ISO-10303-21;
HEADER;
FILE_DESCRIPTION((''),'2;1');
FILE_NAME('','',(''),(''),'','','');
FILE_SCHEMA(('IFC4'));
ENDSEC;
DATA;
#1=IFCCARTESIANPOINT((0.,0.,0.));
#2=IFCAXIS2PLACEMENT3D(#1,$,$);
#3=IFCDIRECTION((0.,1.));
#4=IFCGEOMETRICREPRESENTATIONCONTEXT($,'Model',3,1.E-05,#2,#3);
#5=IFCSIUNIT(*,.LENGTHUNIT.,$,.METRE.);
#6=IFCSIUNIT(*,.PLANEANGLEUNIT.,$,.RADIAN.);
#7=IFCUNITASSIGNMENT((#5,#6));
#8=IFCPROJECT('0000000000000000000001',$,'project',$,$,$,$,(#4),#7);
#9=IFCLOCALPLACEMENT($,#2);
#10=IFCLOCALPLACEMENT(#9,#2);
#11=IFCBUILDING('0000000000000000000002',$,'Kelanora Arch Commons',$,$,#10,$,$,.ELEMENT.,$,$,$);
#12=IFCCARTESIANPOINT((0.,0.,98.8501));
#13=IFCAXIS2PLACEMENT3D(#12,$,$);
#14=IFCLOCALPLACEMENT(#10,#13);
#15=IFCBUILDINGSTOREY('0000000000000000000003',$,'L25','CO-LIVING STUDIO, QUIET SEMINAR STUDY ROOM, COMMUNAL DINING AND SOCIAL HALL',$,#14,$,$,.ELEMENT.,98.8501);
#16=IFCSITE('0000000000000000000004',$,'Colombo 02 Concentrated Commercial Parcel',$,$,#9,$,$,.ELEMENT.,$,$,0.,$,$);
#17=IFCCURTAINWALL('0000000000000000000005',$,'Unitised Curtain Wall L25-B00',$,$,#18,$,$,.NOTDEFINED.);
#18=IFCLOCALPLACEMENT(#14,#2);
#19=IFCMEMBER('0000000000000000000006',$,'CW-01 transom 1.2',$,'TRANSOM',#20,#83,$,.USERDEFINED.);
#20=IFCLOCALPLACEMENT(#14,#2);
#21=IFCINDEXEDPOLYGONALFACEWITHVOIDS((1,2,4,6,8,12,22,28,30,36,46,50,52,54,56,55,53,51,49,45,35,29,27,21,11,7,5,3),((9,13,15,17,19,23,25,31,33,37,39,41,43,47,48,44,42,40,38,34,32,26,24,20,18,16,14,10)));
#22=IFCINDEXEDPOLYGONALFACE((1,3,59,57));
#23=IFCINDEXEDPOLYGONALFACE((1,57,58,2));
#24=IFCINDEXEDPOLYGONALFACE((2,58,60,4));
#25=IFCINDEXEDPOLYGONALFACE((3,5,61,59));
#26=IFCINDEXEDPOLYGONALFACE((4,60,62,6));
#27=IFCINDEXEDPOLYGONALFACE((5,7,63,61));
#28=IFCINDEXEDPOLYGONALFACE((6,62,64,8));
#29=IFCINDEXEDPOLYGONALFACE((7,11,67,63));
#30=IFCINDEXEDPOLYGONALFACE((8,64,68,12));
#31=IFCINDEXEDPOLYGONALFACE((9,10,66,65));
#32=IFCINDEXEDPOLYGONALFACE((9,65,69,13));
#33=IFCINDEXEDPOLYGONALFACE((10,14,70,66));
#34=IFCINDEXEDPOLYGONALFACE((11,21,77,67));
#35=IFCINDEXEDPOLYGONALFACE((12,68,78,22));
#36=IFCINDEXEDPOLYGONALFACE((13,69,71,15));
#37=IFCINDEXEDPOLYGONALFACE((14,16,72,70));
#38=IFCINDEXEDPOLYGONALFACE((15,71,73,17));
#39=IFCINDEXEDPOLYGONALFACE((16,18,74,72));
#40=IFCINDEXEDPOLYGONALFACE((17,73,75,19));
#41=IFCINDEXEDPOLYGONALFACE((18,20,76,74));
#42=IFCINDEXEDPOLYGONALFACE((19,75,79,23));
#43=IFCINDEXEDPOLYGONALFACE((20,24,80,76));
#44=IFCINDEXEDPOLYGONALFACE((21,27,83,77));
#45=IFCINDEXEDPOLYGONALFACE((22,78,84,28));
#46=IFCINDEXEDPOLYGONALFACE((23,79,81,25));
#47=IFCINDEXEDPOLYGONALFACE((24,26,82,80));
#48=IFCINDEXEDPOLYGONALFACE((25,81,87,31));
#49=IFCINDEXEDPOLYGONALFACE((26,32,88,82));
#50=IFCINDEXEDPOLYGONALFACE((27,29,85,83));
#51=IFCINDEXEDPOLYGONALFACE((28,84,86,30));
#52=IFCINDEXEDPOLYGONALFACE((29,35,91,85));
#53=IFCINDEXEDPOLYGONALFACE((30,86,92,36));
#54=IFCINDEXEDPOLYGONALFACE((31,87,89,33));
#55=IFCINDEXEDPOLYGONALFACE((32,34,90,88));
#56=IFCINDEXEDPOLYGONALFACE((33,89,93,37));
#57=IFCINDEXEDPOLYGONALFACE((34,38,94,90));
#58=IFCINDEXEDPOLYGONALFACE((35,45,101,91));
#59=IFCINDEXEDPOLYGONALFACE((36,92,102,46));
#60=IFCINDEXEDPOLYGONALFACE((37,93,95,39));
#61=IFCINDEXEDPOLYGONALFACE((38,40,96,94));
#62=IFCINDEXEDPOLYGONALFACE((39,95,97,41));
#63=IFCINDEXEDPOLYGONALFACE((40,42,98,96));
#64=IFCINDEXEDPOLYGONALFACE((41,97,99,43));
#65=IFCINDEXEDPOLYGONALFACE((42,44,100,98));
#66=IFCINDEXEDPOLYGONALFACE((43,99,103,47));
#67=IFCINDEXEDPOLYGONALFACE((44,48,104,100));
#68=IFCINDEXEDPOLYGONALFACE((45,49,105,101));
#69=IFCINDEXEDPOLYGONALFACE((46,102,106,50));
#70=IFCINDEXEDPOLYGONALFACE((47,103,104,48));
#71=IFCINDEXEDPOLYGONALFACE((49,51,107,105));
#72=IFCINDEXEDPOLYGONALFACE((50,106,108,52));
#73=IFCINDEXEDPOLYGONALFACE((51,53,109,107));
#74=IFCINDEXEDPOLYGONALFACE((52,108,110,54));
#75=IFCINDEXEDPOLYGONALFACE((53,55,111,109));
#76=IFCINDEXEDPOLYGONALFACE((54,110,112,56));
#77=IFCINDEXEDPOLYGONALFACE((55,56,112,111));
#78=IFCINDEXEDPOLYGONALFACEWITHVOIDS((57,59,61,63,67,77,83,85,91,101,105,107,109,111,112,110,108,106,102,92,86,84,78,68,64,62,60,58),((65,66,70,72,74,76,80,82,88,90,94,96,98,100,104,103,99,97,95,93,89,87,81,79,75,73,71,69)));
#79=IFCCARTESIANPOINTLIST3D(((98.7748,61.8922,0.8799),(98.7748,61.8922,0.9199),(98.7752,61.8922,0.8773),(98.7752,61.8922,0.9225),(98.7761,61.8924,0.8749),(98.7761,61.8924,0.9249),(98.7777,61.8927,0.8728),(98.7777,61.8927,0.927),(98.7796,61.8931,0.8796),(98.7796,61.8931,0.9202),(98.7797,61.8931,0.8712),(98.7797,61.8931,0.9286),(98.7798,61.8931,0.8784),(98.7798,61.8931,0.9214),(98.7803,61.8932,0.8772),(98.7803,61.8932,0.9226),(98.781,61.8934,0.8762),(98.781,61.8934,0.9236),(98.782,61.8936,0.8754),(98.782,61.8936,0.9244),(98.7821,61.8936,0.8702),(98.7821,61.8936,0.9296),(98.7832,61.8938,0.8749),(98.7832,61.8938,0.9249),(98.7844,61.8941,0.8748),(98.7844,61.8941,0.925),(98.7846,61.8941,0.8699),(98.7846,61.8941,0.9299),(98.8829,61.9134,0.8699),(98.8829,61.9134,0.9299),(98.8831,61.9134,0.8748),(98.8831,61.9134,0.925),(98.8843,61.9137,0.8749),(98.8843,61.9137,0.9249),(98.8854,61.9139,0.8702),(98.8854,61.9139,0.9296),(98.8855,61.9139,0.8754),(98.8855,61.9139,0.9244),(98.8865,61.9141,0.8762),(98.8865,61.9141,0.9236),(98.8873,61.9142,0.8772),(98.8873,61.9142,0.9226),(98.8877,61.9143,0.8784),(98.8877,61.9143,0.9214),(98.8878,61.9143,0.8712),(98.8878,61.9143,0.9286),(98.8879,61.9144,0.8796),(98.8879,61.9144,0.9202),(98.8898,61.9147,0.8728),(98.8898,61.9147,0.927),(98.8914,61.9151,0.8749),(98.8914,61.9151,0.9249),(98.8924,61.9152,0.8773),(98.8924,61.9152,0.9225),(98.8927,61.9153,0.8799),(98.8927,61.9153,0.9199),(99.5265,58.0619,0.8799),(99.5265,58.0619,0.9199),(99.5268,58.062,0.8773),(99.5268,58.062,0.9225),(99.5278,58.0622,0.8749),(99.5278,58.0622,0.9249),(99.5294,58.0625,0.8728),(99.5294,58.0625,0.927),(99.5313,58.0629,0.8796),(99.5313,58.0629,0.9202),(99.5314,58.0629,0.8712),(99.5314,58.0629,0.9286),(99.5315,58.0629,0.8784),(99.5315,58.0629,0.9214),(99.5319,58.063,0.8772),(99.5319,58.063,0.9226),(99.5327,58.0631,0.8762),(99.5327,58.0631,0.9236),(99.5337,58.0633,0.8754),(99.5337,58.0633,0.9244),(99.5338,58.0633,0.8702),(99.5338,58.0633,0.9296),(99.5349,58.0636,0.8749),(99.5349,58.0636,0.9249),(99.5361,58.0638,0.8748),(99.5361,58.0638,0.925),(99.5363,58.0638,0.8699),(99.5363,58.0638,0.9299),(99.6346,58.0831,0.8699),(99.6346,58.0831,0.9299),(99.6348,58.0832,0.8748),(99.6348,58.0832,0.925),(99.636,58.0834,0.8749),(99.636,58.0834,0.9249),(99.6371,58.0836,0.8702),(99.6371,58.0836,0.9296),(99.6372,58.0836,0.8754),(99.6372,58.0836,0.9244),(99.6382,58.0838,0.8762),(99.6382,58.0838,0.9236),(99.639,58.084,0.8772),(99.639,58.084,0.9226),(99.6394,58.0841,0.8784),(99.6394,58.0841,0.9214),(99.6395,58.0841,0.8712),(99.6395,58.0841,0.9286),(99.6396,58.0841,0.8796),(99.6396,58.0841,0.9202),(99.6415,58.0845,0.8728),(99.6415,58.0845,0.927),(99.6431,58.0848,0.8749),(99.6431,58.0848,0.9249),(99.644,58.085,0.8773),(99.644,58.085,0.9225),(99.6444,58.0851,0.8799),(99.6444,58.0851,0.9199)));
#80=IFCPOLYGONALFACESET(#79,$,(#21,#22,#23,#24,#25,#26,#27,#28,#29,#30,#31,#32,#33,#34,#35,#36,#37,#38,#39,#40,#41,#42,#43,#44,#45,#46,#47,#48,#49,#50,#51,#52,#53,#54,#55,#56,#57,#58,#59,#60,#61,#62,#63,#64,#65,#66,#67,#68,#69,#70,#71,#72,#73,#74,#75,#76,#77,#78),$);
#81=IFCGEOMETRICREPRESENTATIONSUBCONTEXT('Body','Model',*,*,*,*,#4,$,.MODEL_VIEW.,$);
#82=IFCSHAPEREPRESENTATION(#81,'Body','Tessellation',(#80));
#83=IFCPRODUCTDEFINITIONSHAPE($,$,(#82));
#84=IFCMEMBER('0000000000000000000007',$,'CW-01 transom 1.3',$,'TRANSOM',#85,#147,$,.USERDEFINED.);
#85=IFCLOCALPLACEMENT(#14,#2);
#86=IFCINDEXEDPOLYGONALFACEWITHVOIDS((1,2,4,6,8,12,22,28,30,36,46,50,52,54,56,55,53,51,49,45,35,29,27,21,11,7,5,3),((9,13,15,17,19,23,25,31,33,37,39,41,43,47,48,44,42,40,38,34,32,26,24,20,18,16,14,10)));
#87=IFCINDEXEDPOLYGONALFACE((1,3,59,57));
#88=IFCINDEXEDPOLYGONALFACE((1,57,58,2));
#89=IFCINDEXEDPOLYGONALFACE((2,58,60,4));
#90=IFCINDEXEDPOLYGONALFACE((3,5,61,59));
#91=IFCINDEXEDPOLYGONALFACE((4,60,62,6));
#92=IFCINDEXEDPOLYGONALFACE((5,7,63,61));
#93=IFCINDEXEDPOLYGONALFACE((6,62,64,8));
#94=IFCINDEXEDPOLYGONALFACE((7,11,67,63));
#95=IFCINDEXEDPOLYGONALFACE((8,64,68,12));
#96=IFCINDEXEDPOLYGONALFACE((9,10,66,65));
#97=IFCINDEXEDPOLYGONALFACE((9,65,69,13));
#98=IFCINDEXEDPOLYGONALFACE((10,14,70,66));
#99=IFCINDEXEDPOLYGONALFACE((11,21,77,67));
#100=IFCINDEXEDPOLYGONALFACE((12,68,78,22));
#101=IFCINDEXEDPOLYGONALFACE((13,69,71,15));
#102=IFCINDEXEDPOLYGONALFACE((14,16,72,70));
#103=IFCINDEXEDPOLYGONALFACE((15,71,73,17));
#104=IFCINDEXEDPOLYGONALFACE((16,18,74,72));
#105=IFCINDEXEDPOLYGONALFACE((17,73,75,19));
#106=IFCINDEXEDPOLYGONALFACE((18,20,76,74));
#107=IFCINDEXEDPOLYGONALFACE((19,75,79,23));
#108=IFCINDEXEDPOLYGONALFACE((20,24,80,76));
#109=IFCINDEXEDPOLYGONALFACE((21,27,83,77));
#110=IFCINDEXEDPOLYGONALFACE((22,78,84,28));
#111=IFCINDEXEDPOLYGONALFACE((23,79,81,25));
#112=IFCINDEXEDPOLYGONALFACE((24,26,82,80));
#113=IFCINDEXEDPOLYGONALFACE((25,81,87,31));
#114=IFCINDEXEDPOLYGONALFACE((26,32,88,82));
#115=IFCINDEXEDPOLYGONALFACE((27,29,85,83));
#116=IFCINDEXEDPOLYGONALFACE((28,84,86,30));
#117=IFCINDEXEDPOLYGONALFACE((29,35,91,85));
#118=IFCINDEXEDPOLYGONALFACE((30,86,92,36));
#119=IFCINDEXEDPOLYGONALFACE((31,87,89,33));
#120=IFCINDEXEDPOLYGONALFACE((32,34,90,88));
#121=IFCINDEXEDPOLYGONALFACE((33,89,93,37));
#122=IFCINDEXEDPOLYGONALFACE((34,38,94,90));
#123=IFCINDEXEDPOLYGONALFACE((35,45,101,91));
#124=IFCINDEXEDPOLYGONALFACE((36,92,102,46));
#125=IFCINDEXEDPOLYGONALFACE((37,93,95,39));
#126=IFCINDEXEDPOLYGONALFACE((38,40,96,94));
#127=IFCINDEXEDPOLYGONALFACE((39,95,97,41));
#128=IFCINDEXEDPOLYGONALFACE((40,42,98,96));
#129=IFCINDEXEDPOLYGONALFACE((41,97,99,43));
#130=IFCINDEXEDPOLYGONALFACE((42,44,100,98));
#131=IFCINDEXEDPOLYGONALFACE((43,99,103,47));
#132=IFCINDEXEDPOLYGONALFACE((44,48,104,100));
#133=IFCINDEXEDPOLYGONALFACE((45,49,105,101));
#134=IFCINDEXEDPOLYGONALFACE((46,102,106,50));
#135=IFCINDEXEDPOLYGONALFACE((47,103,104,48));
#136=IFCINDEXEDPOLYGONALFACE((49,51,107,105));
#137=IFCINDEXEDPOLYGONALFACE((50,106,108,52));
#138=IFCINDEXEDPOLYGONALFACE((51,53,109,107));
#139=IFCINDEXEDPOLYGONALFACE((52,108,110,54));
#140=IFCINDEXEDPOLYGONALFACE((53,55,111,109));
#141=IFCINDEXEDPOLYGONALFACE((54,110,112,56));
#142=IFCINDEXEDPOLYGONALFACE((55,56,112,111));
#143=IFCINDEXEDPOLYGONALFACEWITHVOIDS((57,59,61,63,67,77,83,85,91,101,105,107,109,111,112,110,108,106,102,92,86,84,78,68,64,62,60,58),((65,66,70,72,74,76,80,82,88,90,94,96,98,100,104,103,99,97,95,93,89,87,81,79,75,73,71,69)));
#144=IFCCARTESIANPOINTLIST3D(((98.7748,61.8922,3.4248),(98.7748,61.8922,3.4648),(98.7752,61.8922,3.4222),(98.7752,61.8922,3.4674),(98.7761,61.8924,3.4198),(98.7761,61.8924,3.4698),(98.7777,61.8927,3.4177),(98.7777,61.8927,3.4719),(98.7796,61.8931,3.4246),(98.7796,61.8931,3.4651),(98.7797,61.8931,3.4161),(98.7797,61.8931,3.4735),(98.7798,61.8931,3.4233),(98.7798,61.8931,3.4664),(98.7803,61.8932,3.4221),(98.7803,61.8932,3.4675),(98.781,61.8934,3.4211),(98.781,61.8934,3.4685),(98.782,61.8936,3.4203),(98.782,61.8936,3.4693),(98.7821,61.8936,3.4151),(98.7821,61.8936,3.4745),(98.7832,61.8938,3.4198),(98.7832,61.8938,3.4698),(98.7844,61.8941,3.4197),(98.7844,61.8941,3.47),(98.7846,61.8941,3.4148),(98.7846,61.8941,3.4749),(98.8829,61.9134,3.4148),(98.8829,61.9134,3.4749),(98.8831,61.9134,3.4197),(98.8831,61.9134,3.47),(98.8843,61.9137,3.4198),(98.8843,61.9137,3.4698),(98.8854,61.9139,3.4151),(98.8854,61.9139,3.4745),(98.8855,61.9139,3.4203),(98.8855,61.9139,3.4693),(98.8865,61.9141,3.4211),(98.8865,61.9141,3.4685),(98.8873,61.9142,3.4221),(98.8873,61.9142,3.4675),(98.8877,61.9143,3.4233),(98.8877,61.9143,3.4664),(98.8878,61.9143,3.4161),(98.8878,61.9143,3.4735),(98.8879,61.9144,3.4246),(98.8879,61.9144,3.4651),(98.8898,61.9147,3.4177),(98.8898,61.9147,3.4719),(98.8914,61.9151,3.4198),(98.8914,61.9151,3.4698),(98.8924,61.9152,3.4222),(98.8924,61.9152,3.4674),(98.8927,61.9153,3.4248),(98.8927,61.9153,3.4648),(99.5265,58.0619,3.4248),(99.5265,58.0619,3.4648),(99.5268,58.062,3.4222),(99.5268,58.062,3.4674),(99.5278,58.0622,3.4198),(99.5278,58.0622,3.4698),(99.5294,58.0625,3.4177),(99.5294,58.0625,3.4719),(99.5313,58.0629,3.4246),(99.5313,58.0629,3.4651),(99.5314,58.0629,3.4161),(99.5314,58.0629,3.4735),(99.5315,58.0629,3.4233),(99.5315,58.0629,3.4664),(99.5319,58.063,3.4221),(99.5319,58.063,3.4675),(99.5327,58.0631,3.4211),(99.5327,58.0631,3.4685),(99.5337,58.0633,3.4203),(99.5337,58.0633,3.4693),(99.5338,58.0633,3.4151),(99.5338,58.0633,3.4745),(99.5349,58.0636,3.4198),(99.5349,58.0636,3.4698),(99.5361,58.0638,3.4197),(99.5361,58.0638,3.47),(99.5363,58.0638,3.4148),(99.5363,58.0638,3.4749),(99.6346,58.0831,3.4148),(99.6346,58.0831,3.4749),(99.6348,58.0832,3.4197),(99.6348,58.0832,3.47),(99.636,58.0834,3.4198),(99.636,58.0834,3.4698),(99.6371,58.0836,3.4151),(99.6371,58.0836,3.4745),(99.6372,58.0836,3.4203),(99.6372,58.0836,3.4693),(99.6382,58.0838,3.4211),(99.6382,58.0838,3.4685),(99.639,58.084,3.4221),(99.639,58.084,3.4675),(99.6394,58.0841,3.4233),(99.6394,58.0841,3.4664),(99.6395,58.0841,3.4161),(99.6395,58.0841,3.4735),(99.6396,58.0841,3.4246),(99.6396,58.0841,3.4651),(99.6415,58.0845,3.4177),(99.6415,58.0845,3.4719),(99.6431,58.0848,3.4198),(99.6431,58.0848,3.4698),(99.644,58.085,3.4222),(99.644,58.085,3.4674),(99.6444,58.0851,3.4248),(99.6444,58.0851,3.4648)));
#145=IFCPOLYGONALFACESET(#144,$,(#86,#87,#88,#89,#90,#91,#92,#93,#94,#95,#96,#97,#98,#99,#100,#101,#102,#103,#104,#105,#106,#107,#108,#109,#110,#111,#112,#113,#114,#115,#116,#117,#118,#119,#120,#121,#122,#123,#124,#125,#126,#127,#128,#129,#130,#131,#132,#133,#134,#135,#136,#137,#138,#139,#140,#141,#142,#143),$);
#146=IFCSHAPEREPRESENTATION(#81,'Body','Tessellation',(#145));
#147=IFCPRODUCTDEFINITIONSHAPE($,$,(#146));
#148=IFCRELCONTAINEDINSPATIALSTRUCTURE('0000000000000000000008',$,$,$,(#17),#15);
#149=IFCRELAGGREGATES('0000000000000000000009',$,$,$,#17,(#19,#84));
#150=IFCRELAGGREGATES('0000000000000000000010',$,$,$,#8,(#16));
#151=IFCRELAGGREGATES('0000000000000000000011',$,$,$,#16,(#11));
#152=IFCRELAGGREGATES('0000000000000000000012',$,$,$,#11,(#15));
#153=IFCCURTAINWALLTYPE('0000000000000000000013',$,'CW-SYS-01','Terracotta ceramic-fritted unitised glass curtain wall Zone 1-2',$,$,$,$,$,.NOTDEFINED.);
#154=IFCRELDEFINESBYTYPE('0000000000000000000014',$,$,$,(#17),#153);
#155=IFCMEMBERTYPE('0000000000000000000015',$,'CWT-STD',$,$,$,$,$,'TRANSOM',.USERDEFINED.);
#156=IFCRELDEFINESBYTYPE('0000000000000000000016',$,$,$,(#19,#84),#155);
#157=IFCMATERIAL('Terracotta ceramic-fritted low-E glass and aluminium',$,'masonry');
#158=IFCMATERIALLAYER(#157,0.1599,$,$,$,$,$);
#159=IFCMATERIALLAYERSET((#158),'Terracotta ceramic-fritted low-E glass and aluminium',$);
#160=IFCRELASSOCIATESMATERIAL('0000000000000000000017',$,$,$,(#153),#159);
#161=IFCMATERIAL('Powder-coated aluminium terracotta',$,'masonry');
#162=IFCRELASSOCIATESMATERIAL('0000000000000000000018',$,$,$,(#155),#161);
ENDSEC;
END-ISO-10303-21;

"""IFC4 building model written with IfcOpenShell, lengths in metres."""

from ifc_helpers import new_model, si_unit, direction, frame, origin, origin_2d, place, context, subcontext, project, spatial, hollow_rectangle, extrude, material, layer, layer_set, material_profile, profile_set, type_object, element, aggregate, save


model = new_model("IFC4")

# Units and contexts
model_context = context("Model", 3, precision=1e-05, world=origin(), true_north=direction((0.0, 1.0)))
body_context = subcontext(model_context, "Body", "Model", "MODEL_VIEW")
ifc_project = project(units=[si_unit("LENGTHUNIT", "METRE"), si_unit("PLANEANGLEUNIT", "RADIAN")], contexts=[model_context])

# Site, building, storey
site_placement = place(None, origin())
site = spatial("IfcSite", under=ifc_project, at=site_placement, Name="Colombo 02 Concentrated Commercial Parcel", CompositionType="ELEMENT", RefElevation=0.0)
building_placement = place(site_placement, origin())
building = spatial("IfcBuilding", under=site, at=building_placement, Name="Kelanora Arch Commons", CompositionType="ELEMENT")
storey_placement = place(building_placement, frame((0.0, 0.0, 98.8501)))
storey = spatial("IfcBuildingStorey", under=building, at=storey_placement, Name="L25", Description="CO-LIVING STUDIO, QUIET SEMINAR STUDY ROOM, COMMUNAL DINING AND SOCIAL HALL", CompositionType="ELEMENT", Elevation=98.8501)

# Curtain wall, members
ifc_material_1 = material(Name="Terracotta ceramic-fritted low-E glass and aluminium", Category="masonry")
ifc_layer_1 = layer(ifc_material_1, 0.1599)
ifc_layer_set_1 = layer_set([ifc_layer_1], Name="Terracotta ceramic-fritted low-E glass and aluminium")
curtain_wall_type = type_object("IfcCurtainWallType", Name="CW-SYS-01", Description="Terracotta ceramic-fritted unitised glass curtain wall Zone 1-2", PredefinedType="NOTDEFINED", material=ifc_layer_set_1)
curtain_wall_placement = place(storey_placement, origin())
curtain_wall = element("IfcCurtainWall", 1, at=curtain_wall_placement, inside=storey, type_object=curtain_wall_type, Name="Unitised Curtain Wall L25-B00", PredefinedType="NOTDEFINED")
ifc_material_2 = material(Name="Powder-coated aluminium terracotta", Category="masonry")
ifc_material_profile_1 = material_profile(ifc_material_2, hollow_rectangle(XDim=0.1201, YDim=0.0601, WallThickness=0.0049, InnerFilletRadius=0.0049, OuterFilletRadius=0.01, at=origin_2d()), Name="CWT120x60")
ifc_profile_set_1 = profile_set([ifc_material_profile_1], Name="Powder-coated aluminium terracotta")
member_type_1 = type_object("IfcMemberType", Name="CWT-STD", ElementType="TRANSOM", PredefinedType="USERDEFINED", material=ifc_profile_set_1)
member_1_placement = place(storey_placement, frame((99.5854, 58.0735, 0.8999), z_axis=(-0.192579, 0.981282, 0.0), x_axis=(-0.981282, -0.192579, 0.0)))
member_1 = element("IfcMember", 2, at=member_1_placement, type_object=member_type_1, Name="CW-01 transom 1.2", ObjectType="TRANSOM", PredefinedType="USERDEFINED", context=body_context, shape_type="SweptSolid", body=[
    extrude(hollow_rectangle(XDim=0.1201, YDim=0.0601, WallThickness=0.0049, InnerFilletRadius=0.0049, OuterFilletRadius=0.01, at=origin_2d()), origin(), (0.0, 0.0, 1.0), 3.9033),
])
member_2_placement = place(storey_placement, frame((99.5854, 58.0735, 3.4448), z_axis=(-0.192579, 0.981282, 0.0), x_axis=(-0.981282, -0.192579, 0.0)))
member_2 = element("IfcMember", 3, at=member_2_placement, type_object=member_type_1, Name="CW-01 transom 1.3", ObjectType="TRANSOM", PredefinedType="USERDEFINED", context=body_context, shape_type="SweptSolid", body=[
    extrude(hollow_rectangle(XDim=0.1201, YDim=0.0601, WallThickness=0.0049, InnerFilletRadius=0.0049, OuterFilletRadius=0.01, at=origin_2d()), origin(), (0.0, 0.0, 1.0), 3.9033),
])
aggregate(curtain_wall, [member_1, member_2])

save(model, "model.ifc")
